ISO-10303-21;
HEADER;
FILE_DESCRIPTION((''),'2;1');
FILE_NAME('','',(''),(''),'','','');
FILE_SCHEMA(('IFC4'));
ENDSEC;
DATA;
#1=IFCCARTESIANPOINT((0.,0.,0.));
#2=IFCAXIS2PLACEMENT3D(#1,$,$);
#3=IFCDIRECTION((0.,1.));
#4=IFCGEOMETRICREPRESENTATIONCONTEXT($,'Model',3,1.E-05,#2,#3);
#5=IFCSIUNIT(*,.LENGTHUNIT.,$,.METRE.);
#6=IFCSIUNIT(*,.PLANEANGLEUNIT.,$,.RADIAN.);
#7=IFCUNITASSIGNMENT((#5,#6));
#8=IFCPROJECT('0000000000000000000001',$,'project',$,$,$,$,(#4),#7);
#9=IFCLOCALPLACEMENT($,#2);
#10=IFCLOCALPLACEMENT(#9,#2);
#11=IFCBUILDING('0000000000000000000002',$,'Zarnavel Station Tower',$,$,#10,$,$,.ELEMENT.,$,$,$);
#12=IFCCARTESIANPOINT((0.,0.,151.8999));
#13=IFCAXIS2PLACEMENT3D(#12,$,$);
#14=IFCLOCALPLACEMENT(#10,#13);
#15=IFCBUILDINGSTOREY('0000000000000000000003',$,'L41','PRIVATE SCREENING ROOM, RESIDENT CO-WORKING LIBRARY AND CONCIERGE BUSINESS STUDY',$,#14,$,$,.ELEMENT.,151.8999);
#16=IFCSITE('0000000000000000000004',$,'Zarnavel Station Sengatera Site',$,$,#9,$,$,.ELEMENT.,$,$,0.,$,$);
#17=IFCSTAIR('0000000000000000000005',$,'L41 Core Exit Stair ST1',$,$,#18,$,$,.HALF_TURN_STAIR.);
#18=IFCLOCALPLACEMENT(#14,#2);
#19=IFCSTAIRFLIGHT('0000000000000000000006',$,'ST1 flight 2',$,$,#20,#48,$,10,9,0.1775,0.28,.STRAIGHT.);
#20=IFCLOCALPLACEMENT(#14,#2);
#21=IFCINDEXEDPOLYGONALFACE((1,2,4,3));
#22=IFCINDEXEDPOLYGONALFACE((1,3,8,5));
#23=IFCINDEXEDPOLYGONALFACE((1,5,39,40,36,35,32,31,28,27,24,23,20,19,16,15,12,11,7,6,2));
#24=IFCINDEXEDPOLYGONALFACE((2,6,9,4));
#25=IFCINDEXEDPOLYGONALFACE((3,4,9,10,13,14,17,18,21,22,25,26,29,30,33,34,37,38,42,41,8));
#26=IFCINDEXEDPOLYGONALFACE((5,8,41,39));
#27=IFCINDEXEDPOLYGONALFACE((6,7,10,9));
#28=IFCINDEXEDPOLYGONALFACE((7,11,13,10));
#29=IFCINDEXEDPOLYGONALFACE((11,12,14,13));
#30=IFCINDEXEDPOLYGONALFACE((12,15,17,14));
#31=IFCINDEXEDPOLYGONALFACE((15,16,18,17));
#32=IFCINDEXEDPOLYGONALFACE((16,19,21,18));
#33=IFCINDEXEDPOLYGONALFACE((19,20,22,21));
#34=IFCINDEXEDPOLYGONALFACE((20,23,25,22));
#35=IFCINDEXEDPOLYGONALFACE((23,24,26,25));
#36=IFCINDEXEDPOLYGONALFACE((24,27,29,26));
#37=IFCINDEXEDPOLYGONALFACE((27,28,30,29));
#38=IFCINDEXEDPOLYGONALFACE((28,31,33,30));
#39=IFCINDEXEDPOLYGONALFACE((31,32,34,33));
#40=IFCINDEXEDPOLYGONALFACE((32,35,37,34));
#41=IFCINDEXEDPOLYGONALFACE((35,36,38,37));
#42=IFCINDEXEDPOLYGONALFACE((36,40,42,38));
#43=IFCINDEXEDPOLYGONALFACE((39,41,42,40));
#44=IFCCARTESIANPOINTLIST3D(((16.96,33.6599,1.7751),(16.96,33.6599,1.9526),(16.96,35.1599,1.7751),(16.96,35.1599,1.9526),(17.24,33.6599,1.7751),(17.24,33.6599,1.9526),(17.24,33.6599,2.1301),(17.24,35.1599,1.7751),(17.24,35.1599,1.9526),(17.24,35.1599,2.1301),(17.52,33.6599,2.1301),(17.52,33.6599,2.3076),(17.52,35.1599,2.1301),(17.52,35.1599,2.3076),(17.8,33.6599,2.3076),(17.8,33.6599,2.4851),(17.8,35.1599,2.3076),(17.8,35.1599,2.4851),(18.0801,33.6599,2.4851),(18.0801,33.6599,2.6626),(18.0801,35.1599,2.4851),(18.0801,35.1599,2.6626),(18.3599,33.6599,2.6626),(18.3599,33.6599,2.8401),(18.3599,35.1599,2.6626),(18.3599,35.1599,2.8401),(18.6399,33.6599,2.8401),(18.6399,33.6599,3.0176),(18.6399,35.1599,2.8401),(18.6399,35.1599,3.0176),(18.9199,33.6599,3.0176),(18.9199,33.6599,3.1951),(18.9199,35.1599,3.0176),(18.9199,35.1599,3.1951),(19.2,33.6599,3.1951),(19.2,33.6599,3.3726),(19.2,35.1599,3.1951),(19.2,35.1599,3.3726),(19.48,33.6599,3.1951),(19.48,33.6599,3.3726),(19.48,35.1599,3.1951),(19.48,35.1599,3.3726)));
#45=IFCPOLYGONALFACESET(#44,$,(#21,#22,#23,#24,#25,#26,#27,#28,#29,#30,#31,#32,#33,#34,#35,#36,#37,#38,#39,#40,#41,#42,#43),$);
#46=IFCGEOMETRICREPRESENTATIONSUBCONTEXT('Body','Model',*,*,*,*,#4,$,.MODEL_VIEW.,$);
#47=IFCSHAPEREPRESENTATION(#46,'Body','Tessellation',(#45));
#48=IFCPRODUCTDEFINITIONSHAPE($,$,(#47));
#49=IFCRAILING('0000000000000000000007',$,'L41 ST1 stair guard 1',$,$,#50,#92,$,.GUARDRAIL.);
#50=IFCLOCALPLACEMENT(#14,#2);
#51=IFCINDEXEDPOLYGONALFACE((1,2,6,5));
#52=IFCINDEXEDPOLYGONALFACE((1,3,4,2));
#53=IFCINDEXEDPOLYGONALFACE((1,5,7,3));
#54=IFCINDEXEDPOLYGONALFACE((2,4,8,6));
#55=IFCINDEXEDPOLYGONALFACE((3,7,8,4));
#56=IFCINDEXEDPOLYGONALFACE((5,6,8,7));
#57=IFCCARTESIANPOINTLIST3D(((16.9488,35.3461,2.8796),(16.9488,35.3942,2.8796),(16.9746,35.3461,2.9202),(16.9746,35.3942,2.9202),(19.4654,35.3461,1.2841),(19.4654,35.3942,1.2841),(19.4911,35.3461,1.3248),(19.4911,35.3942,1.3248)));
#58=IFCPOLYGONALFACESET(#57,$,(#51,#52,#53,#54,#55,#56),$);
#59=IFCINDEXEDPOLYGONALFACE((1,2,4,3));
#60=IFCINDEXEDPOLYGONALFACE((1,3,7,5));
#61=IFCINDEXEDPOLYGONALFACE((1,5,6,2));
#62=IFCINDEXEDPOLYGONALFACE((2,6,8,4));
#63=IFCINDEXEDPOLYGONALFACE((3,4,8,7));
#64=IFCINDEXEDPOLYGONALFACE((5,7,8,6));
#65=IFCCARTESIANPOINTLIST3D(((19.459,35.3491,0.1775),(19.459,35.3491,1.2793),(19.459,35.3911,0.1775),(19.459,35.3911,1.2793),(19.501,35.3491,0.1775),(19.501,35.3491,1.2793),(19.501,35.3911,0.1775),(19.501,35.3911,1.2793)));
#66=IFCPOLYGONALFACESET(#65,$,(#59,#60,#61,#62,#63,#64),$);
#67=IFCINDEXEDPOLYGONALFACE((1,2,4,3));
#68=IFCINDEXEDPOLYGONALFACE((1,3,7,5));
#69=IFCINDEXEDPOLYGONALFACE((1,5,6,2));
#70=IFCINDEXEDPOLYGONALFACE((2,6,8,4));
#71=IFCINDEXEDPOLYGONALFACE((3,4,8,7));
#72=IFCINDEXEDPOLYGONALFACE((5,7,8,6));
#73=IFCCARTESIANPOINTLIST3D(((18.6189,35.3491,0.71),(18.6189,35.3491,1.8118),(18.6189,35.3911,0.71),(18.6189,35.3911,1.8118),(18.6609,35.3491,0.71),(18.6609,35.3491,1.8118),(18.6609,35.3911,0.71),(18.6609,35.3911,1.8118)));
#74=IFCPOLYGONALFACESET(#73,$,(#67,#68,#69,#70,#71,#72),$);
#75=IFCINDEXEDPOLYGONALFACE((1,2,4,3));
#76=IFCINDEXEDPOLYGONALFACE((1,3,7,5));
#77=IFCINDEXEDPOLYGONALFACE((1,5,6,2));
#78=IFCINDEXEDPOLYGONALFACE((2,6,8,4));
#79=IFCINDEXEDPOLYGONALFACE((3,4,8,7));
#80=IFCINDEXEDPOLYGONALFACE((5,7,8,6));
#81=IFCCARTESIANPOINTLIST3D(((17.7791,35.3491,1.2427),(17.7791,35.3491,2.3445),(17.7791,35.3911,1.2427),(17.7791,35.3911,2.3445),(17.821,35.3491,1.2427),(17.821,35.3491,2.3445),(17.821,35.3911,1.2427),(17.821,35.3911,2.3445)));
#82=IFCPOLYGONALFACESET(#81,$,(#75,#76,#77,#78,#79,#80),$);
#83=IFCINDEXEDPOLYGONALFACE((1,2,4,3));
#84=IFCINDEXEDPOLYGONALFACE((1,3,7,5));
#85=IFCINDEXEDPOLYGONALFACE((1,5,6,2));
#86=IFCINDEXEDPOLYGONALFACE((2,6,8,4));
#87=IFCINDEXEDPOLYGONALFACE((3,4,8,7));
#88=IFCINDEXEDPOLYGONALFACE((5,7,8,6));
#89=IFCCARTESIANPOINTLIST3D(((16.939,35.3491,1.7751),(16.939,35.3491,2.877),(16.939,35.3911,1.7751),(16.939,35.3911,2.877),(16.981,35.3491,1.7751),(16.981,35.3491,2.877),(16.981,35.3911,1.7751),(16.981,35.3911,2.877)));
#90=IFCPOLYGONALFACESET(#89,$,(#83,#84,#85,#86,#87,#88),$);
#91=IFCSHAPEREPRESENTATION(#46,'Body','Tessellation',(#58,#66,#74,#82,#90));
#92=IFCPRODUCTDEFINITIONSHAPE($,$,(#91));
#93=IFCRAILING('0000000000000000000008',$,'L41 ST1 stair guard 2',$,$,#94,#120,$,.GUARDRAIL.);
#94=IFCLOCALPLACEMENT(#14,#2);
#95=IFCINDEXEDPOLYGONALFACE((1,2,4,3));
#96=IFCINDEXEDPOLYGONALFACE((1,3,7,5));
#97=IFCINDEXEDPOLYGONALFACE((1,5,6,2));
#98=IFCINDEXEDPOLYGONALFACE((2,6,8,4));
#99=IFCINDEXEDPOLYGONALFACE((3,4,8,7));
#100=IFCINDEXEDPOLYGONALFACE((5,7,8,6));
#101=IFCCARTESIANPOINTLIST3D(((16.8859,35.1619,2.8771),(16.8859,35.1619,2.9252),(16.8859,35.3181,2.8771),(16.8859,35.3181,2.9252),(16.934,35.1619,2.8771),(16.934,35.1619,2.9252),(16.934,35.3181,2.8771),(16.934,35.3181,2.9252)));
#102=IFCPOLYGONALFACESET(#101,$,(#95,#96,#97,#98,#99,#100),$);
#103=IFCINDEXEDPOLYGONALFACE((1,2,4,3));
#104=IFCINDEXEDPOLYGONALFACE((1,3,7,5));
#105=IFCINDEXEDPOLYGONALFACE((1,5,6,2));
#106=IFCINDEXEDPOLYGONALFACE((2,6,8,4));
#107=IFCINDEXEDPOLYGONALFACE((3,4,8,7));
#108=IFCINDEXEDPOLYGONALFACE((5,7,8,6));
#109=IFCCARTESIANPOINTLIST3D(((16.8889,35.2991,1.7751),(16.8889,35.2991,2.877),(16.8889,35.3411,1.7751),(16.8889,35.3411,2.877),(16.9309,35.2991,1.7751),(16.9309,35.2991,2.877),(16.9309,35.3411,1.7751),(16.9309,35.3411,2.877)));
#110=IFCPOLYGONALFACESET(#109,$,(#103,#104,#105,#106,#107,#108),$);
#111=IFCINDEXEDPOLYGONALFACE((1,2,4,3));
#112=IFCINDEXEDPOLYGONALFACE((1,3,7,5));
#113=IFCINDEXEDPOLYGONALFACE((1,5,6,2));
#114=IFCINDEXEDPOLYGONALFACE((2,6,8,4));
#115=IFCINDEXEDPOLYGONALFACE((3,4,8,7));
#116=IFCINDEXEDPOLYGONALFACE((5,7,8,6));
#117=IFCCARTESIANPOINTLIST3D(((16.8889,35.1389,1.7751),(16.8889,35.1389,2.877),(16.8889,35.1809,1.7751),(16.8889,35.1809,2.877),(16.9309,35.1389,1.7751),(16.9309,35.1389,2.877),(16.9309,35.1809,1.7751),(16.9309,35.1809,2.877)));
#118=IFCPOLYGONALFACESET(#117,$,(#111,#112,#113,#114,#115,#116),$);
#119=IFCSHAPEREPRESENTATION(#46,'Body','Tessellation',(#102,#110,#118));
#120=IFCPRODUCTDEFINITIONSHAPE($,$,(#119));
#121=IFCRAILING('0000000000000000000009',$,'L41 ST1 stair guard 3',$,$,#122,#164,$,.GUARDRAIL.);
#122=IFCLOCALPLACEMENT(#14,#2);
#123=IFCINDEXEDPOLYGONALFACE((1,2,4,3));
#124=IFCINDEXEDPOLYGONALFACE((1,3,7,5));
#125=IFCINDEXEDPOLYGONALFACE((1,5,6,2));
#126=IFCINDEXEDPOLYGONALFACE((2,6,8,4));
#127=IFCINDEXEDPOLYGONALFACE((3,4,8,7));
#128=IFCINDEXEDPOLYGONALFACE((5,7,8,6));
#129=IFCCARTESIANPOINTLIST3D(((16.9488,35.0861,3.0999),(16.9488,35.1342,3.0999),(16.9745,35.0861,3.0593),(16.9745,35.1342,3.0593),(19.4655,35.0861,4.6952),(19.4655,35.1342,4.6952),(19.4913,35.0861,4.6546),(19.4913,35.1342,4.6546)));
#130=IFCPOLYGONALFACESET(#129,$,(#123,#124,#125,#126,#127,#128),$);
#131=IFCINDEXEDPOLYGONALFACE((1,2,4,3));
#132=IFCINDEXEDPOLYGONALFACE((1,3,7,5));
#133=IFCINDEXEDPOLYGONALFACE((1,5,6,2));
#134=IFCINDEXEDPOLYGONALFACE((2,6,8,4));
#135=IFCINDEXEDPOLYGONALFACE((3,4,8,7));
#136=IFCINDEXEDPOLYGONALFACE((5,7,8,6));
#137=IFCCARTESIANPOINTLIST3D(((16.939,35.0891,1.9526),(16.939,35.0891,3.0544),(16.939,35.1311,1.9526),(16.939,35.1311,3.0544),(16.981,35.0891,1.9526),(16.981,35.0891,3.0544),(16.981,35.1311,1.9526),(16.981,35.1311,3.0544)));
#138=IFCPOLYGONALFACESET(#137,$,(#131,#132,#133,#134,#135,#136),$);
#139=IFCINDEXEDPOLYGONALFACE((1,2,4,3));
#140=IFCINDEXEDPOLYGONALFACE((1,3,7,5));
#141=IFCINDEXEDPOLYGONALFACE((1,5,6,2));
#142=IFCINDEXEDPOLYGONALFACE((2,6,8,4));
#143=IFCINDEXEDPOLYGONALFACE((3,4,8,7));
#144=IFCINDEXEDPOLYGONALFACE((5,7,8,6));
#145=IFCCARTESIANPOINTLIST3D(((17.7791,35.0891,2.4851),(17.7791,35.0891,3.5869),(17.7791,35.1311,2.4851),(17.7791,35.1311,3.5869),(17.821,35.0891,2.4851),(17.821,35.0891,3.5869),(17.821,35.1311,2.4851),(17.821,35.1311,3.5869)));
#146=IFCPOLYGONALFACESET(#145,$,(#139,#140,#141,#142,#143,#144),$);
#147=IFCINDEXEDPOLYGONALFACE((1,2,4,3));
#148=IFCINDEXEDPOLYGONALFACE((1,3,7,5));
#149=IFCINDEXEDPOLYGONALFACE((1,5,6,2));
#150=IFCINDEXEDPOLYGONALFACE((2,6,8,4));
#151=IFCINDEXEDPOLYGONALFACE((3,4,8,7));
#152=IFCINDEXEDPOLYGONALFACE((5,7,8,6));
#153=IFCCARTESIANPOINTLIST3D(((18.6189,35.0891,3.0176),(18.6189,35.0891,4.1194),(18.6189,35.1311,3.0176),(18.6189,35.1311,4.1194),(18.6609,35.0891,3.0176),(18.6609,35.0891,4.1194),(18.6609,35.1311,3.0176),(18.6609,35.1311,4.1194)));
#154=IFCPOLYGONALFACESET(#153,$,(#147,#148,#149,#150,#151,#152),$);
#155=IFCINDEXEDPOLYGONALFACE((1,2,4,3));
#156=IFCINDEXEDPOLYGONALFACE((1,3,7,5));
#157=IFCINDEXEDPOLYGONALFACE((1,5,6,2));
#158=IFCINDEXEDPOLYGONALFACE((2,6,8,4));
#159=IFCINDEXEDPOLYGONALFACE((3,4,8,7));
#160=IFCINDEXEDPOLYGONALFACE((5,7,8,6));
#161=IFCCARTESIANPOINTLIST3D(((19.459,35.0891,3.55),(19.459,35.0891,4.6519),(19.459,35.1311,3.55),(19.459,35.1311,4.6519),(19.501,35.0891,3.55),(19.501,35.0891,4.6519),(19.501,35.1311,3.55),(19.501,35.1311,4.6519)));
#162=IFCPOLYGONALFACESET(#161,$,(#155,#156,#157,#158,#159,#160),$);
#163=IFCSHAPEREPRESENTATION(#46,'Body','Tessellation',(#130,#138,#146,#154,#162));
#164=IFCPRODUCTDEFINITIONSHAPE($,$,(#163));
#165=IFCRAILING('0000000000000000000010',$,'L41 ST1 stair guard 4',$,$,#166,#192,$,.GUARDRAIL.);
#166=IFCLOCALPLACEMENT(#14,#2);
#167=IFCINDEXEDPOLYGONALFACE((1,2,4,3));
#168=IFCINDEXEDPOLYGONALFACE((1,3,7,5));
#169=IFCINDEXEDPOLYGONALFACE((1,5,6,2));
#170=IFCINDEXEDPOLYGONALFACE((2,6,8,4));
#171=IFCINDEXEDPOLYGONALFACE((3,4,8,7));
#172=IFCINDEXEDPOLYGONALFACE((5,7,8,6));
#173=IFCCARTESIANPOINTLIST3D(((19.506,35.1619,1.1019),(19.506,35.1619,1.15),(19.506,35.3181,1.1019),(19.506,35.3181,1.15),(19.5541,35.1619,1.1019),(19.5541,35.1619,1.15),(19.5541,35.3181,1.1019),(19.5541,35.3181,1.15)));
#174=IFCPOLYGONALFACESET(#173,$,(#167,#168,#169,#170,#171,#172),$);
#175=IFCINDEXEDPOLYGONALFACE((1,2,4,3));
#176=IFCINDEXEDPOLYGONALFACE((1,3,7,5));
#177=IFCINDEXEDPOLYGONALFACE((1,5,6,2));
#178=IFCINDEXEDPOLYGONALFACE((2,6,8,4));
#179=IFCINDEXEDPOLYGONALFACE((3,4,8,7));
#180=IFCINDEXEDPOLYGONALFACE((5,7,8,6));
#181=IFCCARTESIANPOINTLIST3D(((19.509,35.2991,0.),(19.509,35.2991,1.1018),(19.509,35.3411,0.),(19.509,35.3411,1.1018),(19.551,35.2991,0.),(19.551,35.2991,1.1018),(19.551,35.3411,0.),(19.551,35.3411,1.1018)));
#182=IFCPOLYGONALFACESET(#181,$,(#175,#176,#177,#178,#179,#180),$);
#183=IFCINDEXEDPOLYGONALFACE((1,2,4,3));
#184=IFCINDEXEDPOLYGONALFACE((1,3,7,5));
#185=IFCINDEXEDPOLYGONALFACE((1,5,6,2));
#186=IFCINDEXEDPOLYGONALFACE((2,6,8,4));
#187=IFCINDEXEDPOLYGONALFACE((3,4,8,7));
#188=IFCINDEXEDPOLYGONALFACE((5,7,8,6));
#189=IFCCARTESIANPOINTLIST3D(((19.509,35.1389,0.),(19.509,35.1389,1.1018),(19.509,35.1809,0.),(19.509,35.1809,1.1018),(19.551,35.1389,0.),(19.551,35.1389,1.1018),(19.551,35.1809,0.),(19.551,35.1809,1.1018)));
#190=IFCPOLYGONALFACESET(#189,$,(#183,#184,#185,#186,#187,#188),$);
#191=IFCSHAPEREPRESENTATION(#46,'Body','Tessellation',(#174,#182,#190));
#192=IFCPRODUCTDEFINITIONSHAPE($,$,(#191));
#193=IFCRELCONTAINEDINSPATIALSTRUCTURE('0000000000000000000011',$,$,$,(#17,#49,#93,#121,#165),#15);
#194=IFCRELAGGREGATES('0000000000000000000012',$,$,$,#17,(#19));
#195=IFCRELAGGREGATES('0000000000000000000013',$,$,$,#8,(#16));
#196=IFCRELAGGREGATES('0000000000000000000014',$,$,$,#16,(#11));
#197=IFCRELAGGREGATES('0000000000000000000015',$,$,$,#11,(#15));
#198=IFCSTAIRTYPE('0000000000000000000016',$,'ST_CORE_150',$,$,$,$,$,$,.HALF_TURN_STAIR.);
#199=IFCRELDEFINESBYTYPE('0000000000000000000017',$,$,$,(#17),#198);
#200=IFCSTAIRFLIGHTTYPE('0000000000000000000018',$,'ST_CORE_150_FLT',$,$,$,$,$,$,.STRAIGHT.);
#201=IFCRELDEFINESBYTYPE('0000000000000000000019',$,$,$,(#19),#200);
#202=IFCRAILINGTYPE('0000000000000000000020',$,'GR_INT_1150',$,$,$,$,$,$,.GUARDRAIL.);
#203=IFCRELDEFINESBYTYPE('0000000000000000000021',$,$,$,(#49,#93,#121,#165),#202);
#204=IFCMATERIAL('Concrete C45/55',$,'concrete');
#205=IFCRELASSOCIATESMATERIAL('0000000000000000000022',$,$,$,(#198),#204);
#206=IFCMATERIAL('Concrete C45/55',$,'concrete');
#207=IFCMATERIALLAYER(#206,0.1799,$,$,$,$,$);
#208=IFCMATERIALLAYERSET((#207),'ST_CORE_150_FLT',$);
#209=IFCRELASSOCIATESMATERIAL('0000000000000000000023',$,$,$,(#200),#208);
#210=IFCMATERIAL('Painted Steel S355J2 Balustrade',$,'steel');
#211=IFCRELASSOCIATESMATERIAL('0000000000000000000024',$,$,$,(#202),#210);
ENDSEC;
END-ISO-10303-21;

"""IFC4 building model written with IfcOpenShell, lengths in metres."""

from ifc_helpers import new_model, si_unit, direction, frame, origin, origin_2d, place, context, subcontext, project, spatial, polyline, rectangle, outline, extrude, material, layer, layer_set, type_object, element, aggregate, save


model = new_model("IFC4")

# Units and contexts
model_context = context("Model", 3, precision=1e-05, world=origin(), true_north=direction((0.0, 1.0)))
body_context = subcontext(model_context, "Body", "Model", "MODEL_VIEW")
ifc_project = project(units=[si_unit("LENGTHUNIT", "METRE"), si_unit("PLANEANGLEUNIT", "RADIAN")], contexts=[model_context])

# Site, building, storey
site_placement = place(None, origin())
site = spatial("IfcSite", under=ifc_project, at=site_placement, Name="Zarnavel Station Sengatera Site", CompositionType="ELEMENT", RefElevation=0.0)
building_placement = place(site_placement, origin())
building = spatial("IfcBuilding", under=site, at=building_placement, Name="Zarnavel Station Tower", CompositionType="ELEMENT")
storey_placement = place(building_placement, frame((0.0, 0.0, 151.8999)))
storey = spatial("IfcBuildingStorey", under=building, at=storey_placement, Name="L41", Description="PRIVATE SCREENING ROOM, RESIDENT CO-WORKING LIBRARY AND CONCIERGE BUSINESS STUDY", CompositionType="ELEMENT", Elevation=151.8999)

# Stair, stair flight
ifc_material_1 = material(Name="Concrete C45/55", Category="concrete")
stair_type = type_object("IfcStairType", Name="ST_CORE_150", PredefinedType="HALF_TURN_STAIR", material=ifc_material_1)
stair_placement = place(storey_placement, origin())
stair = element("IfcStair", 1, at=stair_placement, inside=storey, type_object=stair_type, Name="L41 Core Exit Stair ST1", PredefinedType="HALF_TURN_STAIR")
ifc_material_2 = material(Name="Concrete C45/55", Category="concrete")
ifc_layer_1 = layer(ifc_material_2, 0.1799)
ifc_layer_set_1 = layer_set([ifc_layer_1], Name="ST_CORE_150_FLT")
stair_flight_type = type_object("IfcStairFlightType", Name="ST_CORE_150_FLT", PredefinedType="STRAIGHT", material=ifc_layer_set_1)
stair_flight_1_placement = place(storey_placement, frame((16.96, 34.4099, 1.7751), z_axis=(0.0, 0.0, 1.0), x_axis=(1.0, 0.0, 0.0)))
stair_flight_1 = element("IfcStairFlight", 2, at=stair_flight_1_placement, type_object=stair_flight_type, Name="ST1 flight 2", NumberOfRisers=10, NumberOfTreads=9, PredefinedType="STRAIGHT", RiserHeight=0.1775, TreadLength=0.28, context=body_context, shape_type="SweptSolid", body=[
    extrude(outline(polyline([(0.0, 0.0), (0.0, 0.1775), (0.28, 0.1775), (0.28, 0.355), (0.5601, 0.355), (0.5601, 0.5325), (0.8401, 0.5325), (0.8401, 0.71), (1.1201, 0.71), (1.1201, 0.8875), (1.3999, 0.8875), (1.3999, 1.0649), (1.6799, 1.0649), (1.6799, 1.2424), (1.96, 1.2424), (1.96, 1.4199), (2.24, 1.4199), (2.24, 1.5974), (2.52, 1.5974), (2.52, 1.7749), (2.52, 1.4199), (0.28, 0.0), (0.0, 0.0)])), frame((0.0, 0.75, 0.0), z_axis=(0.0, -1.0, 0.0), x_axis=(1.0, 0.0, 0.0)), (0.0, 0.0, 1.0), 1.5),
])
aggregate(stair, [stair_flight_1])

# Railings
ifc_material_3 = material(Name="Painted Steel S355J2 Balustrade", Category="steel")
railing_type_1 = type_object("IfcRailingType", Name="GR_INT_1150", PredefinedType="GUARDRAIL", material=ifc_material_3)
railing_1_placement = place(storey_placement, frame((19.48, 35.3701, 0.1775)))
element("IfcRailing", 3, at=railing_1_placement, inside=storey, type_object=railing_type_1, Name="L41 ST1 stair guard 1", PredefinedType="GUARDRAIL", context=body_context, shape_type="SweptSolid", body=[
    extrude(rectangle(XDim=0.0481, YDim=0.0481, at=origin_2d()), frame((-0.0017, 0.0, 1.127), z_axis=(-0.84457, 0.0, 0.535445), x_axis=(0.0, -1.0, 0.0)), (0.0, 0.0, 1.0), 2.9797),
    extrude(rectangle(XDim=0.042, YDim=0.042, at=origin_2d()), origin(), (0.0, 0.0, 1.0), 1.1018),
    extrude(rectangle(XDim=0.042, YDim=0.042, at=origin_2d()), frame((-0.8401, 0.0, 0.5325)), (0.0, 0.0, 1.0), 1.1018),
    extrude(rectangle(XDim=0.042, YDim=0.042, at=origin_2d()), frame((-1.6799, 0.0, 1.0652)), (0.0, 0.0, 1.0), 1.1018),
    extrude(rectangle(XDim=0.042, YDim=0.042, at=origin_2d()), frame((-2.52, 0.0, 1.5977)), (0.0, 0.0, 1.0), 1.1018),
])
railing_2_placement = place(storey_placement, frame((16.9099, 35.3201, 1.7751)))
element("IfcRailing", 4, at=railing_2_placement, inside=storey, type_object=railing_type_1, Name="L41 ST1 stair guard 2", PredefinedType="GUARDRAIL", context=body_context, shape_type="SweptSolid", body=[
    extrude(rectangle(XDim=0.0481, YDim=0.0481, at=origin_2d()), frame((0.0, -0.002, 1.126), z_axis=(0.0, -1.0, 0.0), x_axis=(1.0, 0.0, 0.0)), (0.0, 0.0, 1.0), 0.1562),
    extrude(rectangle(XDim=0.042, YDim=0.042, at=origin_2d()), origin(), (0.0, 0.0, 1.0), 1.1018),
    extrude(rectangle(XDim=0.042, YDim=0.042, at=origin_2d()), frame((0.0, -0.1602, 0.0)), (0.0, 0.0, 1.0), 1.1018),
])
railing_3_placement = place(storey_placement, frame((16.96, 35.1101, 1.9526)))
element("IfcRailing", 5, at=railing_3_placement, inside=storey, type_object=railing_type_1, Name="L41 ST1 stair guard 3", PredefinedType="GUARDRAIL", context=body_context, shape_type="SweptSolid", body=[
    extrude(rectangle(XDim=0.0481, YDim=0.0481, at=origin_2d()), frame((0.0017, 0.0, 1.127), z_axis=(0.844607, 0.0, 0.535387), x_axis=(0.0, 1.0, 0.0)), (0.0, 0.0, 1.0), 2.9797),
    extrude(rectangle(XDim=0.042, YDim=0.042, at=origin_2d()), origin(), (0.0, 0.0, 1.0), 1.1018),
    extrude(rectangle(XDim=0.042, YDim=0.042, at=origin_2d()), frame((0.8401, 0.0, 0.5325)), (0.0, 0.0, 1.0), 1.1018),
    extrude(rectangle(XDim=0.042, YDim=0.042, at=origin_2d()), frame((1.6799, 0.0, 1.0649)), (0.0, 0.0, 1.0), 1.1018),
    extrude(rectangle(XDim=0.042, YDim=0.042, at=origin_2d()), frame((2.52, 0.0, 1.5974)), (0.0, 0.0, 1.0), 1.1018),
])
railing_4_placement = place(storey_placement, frame((19.53, 35.3201, 0.0)))
element("IfcRailing", 6, at=railing_4_placement, inside=storey, type_object=railing_type_1, Name="L41 ST1 stair guard 4", PredefinedType="GUARDRAIL", context=body_context, shape_type="SweptSolid", body=[
    extrude(rectangle(XDim=0.0481, YDim=0.0481, at=origin_2d()), frame((0.0, -0.002, 1.126), z_axis=(0.0, -1.0, 0.0), x_axis=(1.0, 0.0, 0.0)), (0.0, 0.0, 1.0), 0.1562),
    extrude(rectangle(XDim=0.042, YDim=0.042, at=origin_2d()), origin(), (0.0, 0.0, 1.0), 1.1018),
    extrude(rectangle(XDim=0.042, YDim=0.042, at=origin_2d()), frame((0.0, -0.1602, 0.0)), (0.0, 0.0, 1.0), 1.1018),
])

save(model, "model.ifc")
